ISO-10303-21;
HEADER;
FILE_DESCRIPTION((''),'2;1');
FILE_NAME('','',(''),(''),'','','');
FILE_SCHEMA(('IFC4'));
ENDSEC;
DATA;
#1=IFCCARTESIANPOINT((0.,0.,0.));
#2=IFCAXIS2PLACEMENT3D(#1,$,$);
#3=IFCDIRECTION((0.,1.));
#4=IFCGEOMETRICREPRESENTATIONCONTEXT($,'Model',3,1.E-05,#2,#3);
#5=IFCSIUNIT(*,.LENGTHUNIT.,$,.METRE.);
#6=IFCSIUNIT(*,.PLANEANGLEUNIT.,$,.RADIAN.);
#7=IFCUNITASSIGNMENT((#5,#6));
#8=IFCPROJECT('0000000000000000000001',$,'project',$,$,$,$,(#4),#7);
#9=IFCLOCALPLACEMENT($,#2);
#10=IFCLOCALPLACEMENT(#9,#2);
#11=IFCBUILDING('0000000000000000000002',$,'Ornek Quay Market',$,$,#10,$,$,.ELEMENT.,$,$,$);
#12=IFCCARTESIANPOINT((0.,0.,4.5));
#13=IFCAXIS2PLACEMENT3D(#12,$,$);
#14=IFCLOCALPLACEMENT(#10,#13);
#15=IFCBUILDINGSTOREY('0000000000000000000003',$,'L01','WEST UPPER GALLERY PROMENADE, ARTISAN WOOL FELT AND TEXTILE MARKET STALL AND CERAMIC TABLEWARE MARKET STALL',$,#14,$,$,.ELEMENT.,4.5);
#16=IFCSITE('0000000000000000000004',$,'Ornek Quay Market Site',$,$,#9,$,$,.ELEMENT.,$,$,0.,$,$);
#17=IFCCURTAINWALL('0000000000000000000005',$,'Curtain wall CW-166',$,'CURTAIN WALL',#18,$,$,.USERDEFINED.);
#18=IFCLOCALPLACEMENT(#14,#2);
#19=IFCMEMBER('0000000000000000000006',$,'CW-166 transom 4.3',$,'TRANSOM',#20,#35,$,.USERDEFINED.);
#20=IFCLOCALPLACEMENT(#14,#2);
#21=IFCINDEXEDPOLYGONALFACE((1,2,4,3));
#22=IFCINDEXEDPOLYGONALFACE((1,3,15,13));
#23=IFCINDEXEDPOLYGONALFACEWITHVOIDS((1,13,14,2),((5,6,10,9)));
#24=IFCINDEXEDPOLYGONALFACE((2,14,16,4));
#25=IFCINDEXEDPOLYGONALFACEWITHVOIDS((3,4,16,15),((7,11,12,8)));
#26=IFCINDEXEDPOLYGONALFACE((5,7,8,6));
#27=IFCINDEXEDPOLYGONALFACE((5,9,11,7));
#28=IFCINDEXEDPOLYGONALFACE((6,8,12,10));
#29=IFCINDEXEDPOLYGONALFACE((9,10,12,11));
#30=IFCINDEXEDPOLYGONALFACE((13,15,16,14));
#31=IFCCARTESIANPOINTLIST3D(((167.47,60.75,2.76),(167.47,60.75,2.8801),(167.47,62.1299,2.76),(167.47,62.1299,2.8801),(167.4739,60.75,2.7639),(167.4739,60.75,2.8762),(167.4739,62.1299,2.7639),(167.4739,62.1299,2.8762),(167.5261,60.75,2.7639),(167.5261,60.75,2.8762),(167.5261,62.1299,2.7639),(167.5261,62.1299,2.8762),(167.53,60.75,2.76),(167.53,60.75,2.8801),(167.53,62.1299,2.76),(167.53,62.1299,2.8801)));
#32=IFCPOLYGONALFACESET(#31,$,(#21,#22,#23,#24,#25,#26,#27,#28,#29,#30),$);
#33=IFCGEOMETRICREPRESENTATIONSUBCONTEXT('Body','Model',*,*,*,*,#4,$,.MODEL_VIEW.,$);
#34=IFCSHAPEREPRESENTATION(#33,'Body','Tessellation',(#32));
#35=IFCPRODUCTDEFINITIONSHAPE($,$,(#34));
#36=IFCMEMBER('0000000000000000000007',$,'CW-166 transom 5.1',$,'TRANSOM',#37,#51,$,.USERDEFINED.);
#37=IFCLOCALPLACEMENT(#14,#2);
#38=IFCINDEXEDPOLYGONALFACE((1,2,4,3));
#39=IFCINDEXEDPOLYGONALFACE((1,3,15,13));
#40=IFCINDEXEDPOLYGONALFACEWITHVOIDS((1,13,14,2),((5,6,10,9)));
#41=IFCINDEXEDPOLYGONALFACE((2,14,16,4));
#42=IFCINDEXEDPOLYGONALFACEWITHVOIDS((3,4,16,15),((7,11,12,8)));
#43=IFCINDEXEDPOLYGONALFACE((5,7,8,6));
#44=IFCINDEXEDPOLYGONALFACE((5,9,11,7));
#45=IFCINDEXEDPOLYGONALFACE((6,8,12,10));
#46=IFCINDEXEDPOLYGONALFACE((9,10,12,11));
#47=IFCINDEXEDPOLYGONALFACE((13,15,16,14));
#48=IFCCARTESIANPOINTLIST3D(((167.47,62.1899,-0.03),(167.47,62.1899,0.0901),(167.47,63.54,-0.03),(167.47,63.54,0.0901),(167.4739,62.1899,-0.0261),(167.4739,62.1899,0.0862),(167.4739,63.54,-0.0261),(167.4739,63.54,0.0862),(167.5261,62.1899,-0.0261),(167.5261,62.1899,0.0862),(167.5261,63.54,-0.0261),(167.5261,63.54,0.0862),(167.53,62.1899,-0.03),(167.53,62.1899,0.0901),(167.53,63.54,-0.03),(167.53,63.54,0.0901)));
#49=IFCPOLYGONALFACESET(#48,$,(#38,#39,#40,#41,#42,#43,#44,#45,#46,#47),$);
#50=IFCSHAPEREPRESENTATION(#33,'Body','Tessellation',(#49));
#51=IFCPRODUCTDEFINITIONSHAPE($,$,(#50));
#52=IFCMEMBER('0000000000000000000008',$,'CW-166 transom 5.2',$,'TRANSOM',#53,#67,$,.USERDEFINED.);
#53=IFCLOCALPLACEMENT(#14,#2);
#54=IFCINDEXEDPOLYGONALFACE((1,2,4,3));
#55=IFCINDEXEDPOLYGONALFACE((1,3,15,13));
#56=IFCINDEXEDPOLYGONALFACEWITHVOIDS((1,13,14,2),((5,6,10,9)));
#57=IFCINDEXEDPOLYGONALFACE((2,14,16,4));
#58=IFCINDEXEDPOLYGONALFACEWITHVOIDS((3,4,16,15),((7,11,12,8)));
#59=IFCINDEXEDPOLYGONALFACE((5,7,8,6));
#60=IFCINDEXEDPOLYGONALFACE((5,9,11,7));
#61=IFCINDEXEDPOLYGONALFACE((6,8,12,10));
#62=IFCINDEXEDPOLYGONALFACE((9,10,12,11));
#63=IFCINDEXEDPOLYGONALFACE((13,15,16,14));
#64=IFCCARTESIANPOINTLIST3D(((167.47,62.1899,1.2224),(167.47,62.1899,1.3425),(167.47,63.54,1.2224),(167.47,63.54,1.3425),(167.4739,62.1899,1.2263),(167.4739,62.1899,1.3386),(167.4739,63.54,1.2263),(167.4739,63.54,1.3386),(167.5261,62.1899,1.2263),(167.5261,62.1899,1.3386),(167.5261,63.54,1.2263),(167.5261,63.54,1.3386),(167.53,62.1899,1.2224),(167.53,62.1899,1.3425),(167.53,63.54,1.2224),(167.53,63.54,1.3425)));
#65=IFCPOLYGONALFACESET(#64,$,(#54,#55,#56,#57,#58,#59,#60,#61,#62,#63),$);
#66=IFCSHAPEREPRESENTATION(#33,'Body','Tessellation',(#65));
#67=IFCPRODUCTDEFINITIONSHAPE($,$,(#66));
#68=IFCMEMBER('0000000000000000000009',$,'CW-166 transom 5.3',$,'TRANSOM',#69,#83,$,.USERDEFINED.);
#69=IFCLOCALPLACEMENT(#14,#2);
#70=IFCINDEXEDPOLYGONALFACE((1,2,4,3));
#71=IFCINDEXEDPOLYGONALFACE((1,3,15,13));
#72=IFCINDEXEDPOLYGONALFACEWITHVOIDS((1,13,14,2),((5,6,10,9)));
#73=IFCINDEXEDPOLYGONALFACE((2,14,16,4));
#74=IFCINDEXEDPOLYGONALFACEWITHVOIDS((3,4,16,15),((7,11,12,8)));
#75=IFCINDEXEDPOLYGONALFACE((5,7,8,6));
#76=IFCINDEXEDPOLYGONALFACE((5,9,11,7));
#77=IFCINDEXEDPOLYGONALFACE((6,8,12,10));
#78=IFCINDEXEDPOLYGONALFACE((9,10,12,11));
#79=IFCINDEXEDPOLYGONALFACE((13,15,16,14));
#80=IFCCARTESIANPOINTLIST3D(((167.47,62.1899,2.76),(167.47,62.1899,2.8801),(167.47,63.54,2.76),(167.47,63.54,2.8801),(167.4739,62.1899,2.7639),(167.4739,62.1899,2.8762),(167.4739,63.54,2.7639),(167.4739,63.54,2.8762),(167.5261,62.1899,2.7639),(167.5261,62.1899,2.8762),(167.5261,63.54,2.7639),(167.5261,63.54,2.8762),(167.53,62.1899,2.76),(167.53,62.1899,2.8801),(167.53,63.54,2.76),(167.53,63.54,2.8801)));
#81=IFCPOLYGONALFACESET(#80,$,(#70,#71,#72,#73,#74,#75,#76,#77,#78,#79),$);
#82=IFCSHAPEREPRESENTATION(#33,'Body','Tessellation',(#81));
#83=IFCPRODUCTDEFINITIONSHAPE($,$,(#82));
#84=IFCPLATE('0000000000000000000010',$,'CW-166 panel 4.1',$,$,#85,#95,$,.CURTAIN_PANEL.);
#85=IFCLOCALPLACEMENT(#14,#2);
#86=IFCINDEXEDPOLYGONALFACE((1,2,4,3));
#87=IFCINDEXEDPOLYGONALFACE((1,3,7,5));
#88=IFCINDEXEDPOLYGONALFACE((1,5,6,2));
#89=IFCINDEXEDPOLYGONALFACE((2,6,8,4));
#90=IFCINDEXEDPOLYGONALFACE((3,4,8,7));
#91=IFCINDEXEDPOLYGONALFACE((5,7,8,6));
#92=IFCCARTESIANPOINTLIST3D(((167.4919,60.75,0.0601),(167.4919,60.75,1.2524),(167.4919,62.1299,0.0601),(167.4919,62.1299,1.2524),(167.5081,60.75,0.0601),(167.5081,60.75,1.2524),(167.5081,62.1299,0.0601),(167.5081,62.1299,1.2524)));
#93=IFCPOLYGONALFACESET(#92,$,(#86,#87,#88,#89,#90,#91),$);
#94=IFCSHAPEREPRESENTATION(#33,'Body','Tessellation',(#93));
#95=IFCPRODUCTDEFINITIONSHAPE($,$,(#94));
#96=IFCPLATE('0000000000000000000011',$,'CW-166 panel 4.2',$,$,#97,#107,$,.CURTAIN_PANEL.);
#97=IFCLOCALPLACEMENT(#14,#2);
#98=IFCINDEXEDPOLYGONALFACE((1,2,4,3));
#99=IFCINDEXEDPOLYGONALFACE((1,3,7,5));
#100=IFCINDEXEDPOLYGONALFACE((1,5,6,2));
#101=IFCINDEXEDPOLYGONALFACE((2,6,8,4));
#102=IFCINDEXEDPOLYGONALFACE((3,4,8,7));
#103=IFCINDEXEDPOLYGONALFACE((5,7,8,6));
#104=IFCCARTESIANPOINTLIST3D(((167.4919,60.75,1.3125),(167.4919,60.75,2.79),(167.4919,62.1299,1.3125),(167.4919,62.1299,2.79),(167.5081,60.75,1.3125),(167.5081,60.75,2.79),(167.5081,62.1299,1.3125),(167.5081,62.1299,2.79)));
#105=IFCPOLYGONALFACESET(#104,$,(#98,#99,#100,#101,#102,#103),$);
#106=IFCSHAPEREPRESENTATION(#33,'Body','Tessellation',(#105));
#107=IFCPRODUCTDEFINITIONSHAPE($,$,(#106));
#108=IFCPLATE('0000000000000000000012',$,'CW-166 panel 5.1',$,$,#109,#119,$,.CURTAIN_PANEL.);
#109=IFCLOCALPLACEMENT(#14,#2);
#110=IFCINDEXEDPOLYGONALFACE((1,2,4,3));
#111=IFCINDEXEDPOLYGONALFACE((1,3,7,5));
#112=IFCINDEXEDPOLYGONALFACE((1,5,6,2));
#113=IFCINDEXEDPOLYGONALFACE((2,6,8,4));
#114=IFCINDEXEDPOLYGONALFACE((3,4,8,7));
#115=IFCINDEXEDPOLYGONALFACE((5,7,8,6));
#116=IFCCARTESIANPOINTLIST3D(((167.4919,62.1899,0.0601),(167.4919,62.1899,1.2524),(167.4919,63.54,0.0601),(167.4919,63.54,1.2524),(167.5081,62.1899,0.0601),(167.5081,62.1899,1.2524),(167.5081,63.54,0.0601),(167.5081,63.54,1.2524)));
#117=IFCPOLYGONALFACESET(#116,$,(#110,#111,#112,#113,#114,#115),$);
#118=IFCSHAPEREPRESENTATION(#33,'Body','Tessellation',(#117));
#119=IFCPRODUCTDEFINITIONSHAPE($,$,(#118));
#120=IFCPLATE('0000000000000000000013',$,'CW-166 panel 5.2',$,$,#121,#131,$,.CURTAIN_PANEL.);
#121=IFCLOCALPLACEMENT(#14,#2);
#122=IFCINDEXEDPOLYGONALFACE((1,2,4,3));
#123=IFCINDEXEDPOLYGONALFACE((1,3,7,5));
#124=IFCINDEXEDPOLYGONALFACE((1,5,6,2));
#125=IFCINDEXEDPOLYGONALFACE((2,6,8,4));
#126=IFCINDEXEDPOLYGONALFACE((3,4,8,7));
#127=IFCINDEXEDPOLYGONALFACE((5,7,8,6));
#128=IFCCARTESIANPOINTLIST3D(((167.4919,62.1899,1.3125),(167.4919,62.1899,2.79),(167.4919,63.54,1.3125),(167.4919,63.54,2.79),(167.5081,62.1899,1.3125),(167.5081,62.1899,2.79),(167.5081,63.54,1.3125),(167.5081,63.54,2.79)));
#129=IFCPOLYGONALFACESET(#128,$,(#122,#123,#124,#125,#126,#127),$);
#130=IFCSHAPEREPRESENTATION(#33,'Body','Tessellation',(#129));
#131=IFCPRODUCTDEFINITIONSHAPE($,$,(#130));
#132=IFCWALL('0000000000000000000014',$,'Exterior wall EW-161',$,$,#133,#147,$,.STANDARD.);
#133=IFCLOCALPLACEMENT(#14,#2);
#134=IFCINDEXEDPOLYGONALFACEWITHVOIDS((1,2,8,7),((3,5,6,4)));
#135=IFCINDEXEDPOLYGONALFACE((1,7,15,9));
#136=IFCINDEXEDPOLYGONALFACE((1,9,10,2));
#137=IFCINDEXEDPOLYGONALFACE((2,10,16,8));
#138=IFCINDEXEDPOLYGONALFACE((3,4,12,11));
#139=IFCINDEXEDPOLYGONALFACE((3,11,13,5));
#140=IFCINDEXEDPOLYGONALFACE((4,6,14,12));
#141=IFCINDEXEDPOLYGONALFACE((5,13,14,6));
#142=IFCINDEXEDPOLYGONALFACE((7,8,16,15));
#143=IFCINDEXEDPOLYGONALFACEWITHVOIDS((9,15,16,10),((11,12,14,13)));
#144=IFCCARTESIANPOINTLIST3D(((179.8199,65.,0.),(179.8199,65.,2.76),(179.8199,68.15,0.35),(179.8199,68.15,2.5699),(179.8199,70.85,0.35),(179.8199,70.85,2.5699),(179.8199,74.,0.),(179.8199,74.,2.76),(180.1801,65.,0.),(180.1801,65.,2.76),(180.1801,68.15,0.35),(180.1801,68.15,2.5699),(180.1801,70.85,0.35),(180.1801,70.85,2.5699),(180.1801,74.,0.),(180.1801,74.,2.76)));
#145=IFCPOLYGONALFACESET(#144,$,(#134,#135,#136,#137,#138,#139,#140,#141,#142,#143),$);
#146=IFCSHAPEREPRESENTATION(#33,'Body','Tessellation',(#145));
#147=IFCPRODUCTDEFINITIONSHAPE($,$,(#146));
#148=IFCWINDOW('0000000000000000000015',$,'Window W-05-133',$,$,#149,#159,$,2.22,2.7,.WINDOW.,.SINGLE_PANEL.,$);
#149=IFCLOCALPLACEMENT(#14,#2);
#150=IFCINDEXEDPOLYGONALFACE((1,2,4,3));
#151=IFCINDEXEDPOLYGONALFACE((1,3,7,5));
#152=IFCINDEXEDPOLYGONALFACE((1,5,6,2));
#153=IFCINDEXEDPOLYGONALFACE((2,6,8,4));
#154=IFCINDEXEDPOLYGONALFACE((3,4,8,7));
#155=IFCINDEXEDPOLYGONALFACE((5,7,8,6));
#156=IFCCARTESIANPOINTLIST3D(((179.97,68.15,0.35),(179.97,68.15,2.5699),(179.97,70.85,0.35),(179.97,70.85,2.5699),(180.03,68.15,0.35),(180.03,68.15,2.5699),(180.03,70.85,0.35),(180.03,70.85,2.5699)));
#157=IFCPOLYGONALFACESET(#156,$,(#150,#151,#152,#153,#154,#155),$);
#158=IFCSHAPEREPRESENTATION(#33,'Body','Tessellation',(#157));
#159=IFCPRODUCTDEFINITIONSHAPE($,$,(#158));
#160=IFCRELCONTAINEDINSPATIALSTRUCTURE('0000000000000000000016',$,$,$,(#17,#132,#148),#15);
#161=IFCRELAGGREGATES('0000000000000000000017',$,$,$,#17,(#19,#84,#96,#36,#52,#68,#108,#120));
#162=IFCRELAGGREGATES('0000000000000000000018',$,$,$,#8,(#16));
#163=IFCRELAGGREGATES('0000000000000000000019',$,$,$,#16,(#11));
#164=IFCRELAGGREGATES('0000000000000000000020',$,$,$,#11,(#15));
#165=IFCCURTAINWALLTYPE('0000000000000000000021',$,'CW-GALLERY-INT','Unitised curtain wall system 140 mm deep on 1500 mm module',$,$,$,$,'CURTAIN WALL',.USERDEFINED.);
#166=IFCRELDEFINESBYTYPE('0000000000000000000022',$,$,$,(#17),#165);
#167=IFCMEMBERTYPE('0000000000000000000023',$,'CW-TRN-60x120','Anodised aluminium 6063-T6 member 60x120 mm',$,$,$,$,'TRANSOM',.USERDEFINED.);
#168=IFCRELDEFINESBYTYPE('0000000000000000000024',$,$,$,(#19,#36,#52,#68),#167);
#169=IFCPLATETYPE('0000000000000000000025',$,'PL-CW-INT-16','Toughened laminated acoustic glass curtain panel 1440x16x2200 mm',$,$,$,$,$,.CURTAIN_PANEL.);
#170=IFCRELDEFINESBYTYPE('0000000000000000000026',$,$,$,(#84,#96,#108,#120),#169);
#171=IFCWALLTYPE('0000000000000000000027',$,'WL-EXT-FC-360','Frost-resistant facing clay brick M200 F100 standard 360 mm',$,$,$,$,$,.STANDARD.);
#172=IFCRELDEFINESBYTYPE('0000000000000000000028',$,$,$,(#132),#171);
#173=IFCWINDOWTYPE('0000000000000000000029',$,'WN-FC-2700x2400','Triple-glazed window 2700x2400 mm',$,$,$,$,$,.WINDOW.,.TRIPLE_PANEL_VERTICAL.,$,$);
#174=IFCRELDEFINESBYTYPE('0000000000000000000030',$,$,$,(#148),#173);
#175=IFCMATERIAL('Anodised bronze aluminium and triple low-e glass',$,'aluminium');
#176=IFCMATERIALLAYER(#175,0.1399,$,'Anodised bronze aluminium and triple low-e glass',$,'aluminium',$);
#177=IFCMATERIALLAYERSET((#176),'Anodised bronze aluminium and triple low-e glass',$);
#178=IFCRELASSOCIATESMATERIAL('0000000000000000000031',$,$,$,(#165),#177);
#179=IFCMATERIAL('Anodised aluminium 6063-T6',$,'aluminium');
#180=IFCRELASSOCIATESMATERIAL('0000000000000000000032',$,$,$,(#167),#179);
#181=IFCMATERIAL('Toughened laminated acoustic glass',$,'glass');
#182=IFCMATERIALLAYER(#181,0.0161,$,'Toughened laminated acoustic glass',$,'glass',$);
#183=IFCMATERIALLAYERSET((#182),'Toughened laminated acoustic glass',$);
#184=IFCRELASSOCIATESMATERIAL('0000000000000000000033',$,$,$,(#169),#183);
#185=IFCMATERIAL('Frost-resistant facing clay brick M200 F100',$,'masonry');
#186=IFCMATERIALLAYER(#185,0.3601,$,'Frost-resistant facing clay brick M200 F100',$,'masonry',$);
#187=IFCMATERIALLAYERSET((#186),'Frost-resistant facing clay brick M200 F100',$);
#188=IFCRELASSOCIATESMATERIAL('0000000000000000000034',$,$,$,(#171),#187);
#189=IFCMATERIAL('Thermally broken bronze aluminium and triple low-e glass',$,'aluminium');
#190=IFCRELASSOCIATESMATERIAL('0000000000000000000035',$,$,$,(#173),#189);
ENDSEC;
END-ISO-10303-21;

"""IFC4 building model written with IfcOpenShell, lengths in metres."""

from ifc_helpers import new_model, si_unit, direction, frame, frame_2d, origin, origin_2d, place, context, subcontext, project, spatial, rectangle, hollow_rectangle, extrude, material, layer, layer_set, material_profile, profile_set, type_object, element, fill, aggregate, save


model = new_model("IFC4")

# Units and contexts
model_context = context("Model", 3, precision=1e-05, world=origin(), true_north=direction((0.0, 1.0)))
body_context = subcontext(model_context, "Body", "Model", "MODEL_VIEW")
ifc_project = project(units=[si_unit("LENGTHUNIT", "METRE"), si_unit("PLANEANGLEUNIT", "RADIAN")], contexts=[model_context])

# Site, building, storey
site_placement = place(None, origin())
site = spatial("IfcSite", under=ifc_project, at=site_placement, Name="Ornek Quay Market Site", CompositionType="ELEMENT", RefElevation=0.0)
building_placement = place(site_placement, origin())
building = spatial("IfcBuilding", under=site, at=building_placement, Name="Ornek Quay Market", CompositionType="ELEMENT")
storey_placement = place(building_placement, frame((0.0, 0.0, 4.5)))
storey = spatial("IfcBuildingStorey", under=building, at=storey_placement, Name="L01", Description="WEST UPPER GALLERY PROMENADE, ARTISAN WOOL FELT AND TEXTILE MARKET STALL AND CERAMIC TABLEWARE MARKET STALL", CompositionType="ELEMENT", Elevation=4.5)

# Curtain wall, members, plates
ifc_material_1 = material(Name="Anodised bronze aluminium and triple low-e glass", Category="aluminium")
ifc_layer_1 = layer(ifc_material_1, 0.1399, Name="Anodised bronze aluminium and triple low-e glass", Category="aluminium")
ifc_layer_set_1 = layer_set([ifc_layer_1], Name="Anodised bronze aluminium and triple low-e glass")
curtain_wall_type = type_object("IfcCurtainWallType", Name="CW-GALLERY-INT", Description="Unitised curtain wall system 140 mm deep on 1500 mm module", ElementType="CURTAIN WALL", PredefinedType="USERDEFINED", material=ifc_layer_set_1)
curtain_wall_placement = place(storey_placement, origin())
curtain_wall = element("IfcCurtainWall", 1, at=curtain_wall_placement, inside=storey, type_object=curtain_wall_type, Name="Curtain wall CW-166", ObjectType="CURTAIN WALL", PredefinedType="USERDEFINED")
ifc_material_2 = material(Name="Anodised aluminium 6063-T6", Category="aluminium")
ifc_material_profile_1 = material_profile(ifc_material_2, hollow_rectangle(XDim=0.0601, YDim=0.1201, WallThickness=0.0039, at=origin_2d()), Name="CW-TRN-60x120", Category="aluminium")
ifc_profile_set_1 = profile_set([ifc_material_profile_1], Name="Anodised aluminium 6063-T6")
member_type_1 = type_object("IfcMemberType", Name="CW-TRN-60x120", Description="Anodised aluminium 6063-T6 member 60x120 mm", ElementType="TRANSOM", PredefinedType="USERDEFINED", material=ifc_profile_set_1)
member_1_placement = place(storey_placement, frame((167.5, 60.75, 2.8201), z_axis=(0.0, 1.0, 0.0), x_axis=(-1.0, 0.0, 0.0)))
member_1 = element("IfcMember", 2, at=member_1_placement, type_object=member_type_1, Name="CW-166 transom 4.3", ObjectType="TRANSOM", PredefinedType="USERDEFINED", context=body_context, shape_type="SweptSolid", body=[
    extrude(hollow_rectangle(XDim=0.0601, YDim=0.1201, WallThickness=0.0039, at=origin_2d()), origin(), (0.0, 0.0, 1.0), 1.3799),
])
member_2_placement = place(storey_placement, frame((167.5, 62.1899, 0.03), z_axis=(0.0, 1.0, 0.0), x_axis=(-1.0, 0.0, 0.0)))
member_2 = element("IfcMember", 3, at=member_2_placement, type_object=member_type_1, Name="CW-166 transom 5.1", ObjectType="TRANSOM", PredefinedType="USERDEFINED", context=body_context, shape_type="SweptSolid", body=[
    extrude(hollow_rectangle(XDim=0.0601, YDim=0.1201, WallThickness=0.0039, at=origin_2d()), origin(), (0.0, 0.0, 1.0), 1.3501),
])
member_3_placement = place(storey_placement, frame((167.5, 62.1899, 1.2825), z_axis=(0.0, 1.0, 0.0), x_axis=(-1.0, 0.0, 0.0)))
member_3 = element("IfcMember", 4, at=member_3_placement, type_object=member_type_1, Name="CW-166 transom 5.2", ObjectType="TRANSOM", PredefinedType="USERDEFINED", context=body_context, shape_type="SweptSolid", body=[
    extrude(hollow_rectangle(XDim=0.0601, YDim=0.1201, WallThickness=0.0039, at=origin_2d()), origin(), (0.0, 0.0, 1.0), 1.3501),
])
member_4_placement = place(storey_placement, frame((167.5, 62.1899, 2.8201), z_axis=(0.0, 1.0, 0.0), x_axis=(-1.0, 0.0, 0.0)))
member_4 = element("IfcMember", 5, at=member_4_placement, type_object=member_type_1, Name="CW-166 transom 5.3", ObjectType="TRANSOM", PredefinedType="USERDEFINED", context=body_context, shape_type="SweptSolid", body=[
    extrude(hollow_rectangle(XDim=0.0601, YDim=0.1201, WallThickness=0.0039, at=origin_2d()), origin(), (0.0, 0.0, 1.0), 1.3501),
])
ifc_material_3 = material(Name="Toughened laminated acoustic glass", Category="glass")
ifc_layer_2 = layer(ifc_material_3, 0.0161, Name="Toughened laminated acoustic glass", Category="glass")
ifc_layer_set_2 = layer_set([ifc_layer_2], Name="Toughened laminated acoustic glass")
plate_type = type_object("IfcPlateType", Name="PL-CW-INT-16", Description="Toughened laminated acoustic glass curtain panel 1440x16x2200 mm", PredefinedType="CURTAIN_PANEL", material=ifc_layer_set_2)
plate_1_placement = place(storey_placement, frame((167.5, 61.4399, 0.0601), z_axis=(0.0, 0.0, 1.0), x_axis=(0.0, 1.0, 0.0)))
plate_1 = element("IfcPlate", 6, at=plate_1_placement, type_object=plate_type, Name="CW-166 panel 4.1", PredefinedType="CURTAIN_PANEL", context=body_context, shape_type="SweptSolid", body=[
    extrude(rectangle(XDim=1.3799, YDim=0.0161, at=origin_2d()), origin(), (0.0, 0.0, 1.0), 1.1924),
])
plate_2_placement = place(storey_placement, frame((167.5, 61.4399, 1.3125), z_axis=(0.0, 0.0, 1.0), x_axis=(0.0, 1.0, 0.0)))
plate_2 = element("IfcPlate", 7, at=plate_2_placement, type_object=plate_type, Name="CW-166 panel 4.2", PredefinedType="CURTAIN_PANEL", context=body_context, shape_type="SweptSolid", body=[
    extrude(rectangle(XDim=1.3799, YDim=0.0161, at=origin_2d()), origin(), (0.0, 0.0, 1.0), 1.4775),
])
plate_3_placement = place(storey_placement, frame((167.5, 62.865, 0.0601), z_axis=(0.0, 0.0, 1.0), x_axis=(0.0, 1.0, 0.0)))
plate_3 = element("IfcPlate", 8, at=plate_3_placement, type_object=plate_type, Name="CW-166 panel 5.1", PredefinedType="CURTAIN_PANEL", context=body_context, shape_type="SweptSolid", body=[
    extrude(rectangle(XDim=1.3501, YDim=0.0161, at=origin_2d()), origin(), (0.0, 0.0, 1.0), 1.1924),
])
plate_4_placement = place(storey_placement, frame((167.5, 62.865, 1.3125), z_axis=(0.0, 0.0, 1.0), x_axis=(0.0, 1.0, 0.0)))
plate_4 = element("IfcPlate", 9, at=plate_4_placement, type_object=plate_type, Name="CW-166 panel 5.2", PredefinedType="CURTAIN_PANEL", context=body_context, shape_type="SweptSolid", body=[
    extrude(rectangle(XDim=1.3501, YDim=0.0161, at=origin_2d()), origin(), (0.0, 0.0, 1.0), 1.4775),
])
aggregate(curtain_wall, [member_1, plate_1, plate_2, member_2, member_3, member_4, plate_3, plate_4])

# Wall, opening, window
ifc_material_4 = material(Name="Frost-resistant facing clay brick M200 F100", Category="masonry")
ifc_layer_3 = layer(ifc_material_4, 0.3601, Name="Frost-resistant facing clay brick M200 F100", Category="masonry")
ifc_layer_set_3 = layer_set([ifc_layer_3], Name="Frost-resistant facing clay brick M200 F100")
wall_type_1 = type_object("IfcWallType", Name="WL-EXT-FC-360", Description="Frost-resistant facing clay brick M200 F100 standard 360 mm", PredefinedType="STANDARD", material=ifc_layer_set_3)
wall_1_placement = place(storey_placement, frame((180.0, 65.0, 0.0), z_axis=(0.0, 0.0, 1.0), x_axis=(0.0, 1.0, 0.0)))
wall_1 = element("IfcWall", 10, at=wall_1_placement, inside=storey, type_object=wall_type_1, Name="Exterior wall EW-161", PredefinedType="STANDARD", context=body_context, shape_type="SweptSolid", body=[
    extrude(rectangle(XDim=9.0, YDim=0.3601, at=frame_2d((4.5, 0.0))), origin(), (0.0, 0.0, 1.0), 2.76),
])
opening_1_placement = place(wall_1_placement, frame((3.1499, 0.0, 0.3501)))
opening_1 = element("IfcOpeningElement", 11, at=opening_1_placement, cuts=wall_1, PredefinedType="OPENING", context=body_context, shape_type="SweptSolid", body=[
    extrude(rectangle(XDim=2.7, YDim=2.22, at=frame_2d((1.3501, 1.1099))), frame((0.0, 0.1899, 0.0), z_axis=(0.0, -1.0, 0.0), x_axis=(1.0, 0.0, 0.0)), (0.0, 0.0, 1.0), 0.3801),
])
ifc_material_5 = material(Name="Thermally broken bronze aluminium and triple low-e glass", Category="aluminium")
window_type_1 = type_object("IfcWindowType", Name="WN-FC-2700x2400", Description="Triple-glazed window 2700x2400 mm", PartitioningType="TRIPLE_PANEL_VERTICAL", PredefinedType="WINDOW", material=ifc_material_5)
window_1_placement = place(opening_1_placement, origin())
window_1 = element("IfcWindow", 12, at=window_1_placement, inside=storey, type_object=window_type_1, Name="Window W-05-133", OverallHeight=2.22, OverallWidth=2.7, PartitioningType="SINGLE_PANEL", PredefinedType="WINDOW", context=body_context, shape_type="SweptSolid", body=[
    extrude(rectangle(XDim=2.7, YDim=2.22, at=frame_2d((1.3501, 1.1099))), frame((0.0, 0.03, 0.0), z_axis=(0.0, -1.0, 0.0), x_axis=(1.0, 0.0, 0.0)), (0.0, 0.0, 1.0), 0.0601),
])
fill(opening_1, window_1)

save(model, "model.ifc")
